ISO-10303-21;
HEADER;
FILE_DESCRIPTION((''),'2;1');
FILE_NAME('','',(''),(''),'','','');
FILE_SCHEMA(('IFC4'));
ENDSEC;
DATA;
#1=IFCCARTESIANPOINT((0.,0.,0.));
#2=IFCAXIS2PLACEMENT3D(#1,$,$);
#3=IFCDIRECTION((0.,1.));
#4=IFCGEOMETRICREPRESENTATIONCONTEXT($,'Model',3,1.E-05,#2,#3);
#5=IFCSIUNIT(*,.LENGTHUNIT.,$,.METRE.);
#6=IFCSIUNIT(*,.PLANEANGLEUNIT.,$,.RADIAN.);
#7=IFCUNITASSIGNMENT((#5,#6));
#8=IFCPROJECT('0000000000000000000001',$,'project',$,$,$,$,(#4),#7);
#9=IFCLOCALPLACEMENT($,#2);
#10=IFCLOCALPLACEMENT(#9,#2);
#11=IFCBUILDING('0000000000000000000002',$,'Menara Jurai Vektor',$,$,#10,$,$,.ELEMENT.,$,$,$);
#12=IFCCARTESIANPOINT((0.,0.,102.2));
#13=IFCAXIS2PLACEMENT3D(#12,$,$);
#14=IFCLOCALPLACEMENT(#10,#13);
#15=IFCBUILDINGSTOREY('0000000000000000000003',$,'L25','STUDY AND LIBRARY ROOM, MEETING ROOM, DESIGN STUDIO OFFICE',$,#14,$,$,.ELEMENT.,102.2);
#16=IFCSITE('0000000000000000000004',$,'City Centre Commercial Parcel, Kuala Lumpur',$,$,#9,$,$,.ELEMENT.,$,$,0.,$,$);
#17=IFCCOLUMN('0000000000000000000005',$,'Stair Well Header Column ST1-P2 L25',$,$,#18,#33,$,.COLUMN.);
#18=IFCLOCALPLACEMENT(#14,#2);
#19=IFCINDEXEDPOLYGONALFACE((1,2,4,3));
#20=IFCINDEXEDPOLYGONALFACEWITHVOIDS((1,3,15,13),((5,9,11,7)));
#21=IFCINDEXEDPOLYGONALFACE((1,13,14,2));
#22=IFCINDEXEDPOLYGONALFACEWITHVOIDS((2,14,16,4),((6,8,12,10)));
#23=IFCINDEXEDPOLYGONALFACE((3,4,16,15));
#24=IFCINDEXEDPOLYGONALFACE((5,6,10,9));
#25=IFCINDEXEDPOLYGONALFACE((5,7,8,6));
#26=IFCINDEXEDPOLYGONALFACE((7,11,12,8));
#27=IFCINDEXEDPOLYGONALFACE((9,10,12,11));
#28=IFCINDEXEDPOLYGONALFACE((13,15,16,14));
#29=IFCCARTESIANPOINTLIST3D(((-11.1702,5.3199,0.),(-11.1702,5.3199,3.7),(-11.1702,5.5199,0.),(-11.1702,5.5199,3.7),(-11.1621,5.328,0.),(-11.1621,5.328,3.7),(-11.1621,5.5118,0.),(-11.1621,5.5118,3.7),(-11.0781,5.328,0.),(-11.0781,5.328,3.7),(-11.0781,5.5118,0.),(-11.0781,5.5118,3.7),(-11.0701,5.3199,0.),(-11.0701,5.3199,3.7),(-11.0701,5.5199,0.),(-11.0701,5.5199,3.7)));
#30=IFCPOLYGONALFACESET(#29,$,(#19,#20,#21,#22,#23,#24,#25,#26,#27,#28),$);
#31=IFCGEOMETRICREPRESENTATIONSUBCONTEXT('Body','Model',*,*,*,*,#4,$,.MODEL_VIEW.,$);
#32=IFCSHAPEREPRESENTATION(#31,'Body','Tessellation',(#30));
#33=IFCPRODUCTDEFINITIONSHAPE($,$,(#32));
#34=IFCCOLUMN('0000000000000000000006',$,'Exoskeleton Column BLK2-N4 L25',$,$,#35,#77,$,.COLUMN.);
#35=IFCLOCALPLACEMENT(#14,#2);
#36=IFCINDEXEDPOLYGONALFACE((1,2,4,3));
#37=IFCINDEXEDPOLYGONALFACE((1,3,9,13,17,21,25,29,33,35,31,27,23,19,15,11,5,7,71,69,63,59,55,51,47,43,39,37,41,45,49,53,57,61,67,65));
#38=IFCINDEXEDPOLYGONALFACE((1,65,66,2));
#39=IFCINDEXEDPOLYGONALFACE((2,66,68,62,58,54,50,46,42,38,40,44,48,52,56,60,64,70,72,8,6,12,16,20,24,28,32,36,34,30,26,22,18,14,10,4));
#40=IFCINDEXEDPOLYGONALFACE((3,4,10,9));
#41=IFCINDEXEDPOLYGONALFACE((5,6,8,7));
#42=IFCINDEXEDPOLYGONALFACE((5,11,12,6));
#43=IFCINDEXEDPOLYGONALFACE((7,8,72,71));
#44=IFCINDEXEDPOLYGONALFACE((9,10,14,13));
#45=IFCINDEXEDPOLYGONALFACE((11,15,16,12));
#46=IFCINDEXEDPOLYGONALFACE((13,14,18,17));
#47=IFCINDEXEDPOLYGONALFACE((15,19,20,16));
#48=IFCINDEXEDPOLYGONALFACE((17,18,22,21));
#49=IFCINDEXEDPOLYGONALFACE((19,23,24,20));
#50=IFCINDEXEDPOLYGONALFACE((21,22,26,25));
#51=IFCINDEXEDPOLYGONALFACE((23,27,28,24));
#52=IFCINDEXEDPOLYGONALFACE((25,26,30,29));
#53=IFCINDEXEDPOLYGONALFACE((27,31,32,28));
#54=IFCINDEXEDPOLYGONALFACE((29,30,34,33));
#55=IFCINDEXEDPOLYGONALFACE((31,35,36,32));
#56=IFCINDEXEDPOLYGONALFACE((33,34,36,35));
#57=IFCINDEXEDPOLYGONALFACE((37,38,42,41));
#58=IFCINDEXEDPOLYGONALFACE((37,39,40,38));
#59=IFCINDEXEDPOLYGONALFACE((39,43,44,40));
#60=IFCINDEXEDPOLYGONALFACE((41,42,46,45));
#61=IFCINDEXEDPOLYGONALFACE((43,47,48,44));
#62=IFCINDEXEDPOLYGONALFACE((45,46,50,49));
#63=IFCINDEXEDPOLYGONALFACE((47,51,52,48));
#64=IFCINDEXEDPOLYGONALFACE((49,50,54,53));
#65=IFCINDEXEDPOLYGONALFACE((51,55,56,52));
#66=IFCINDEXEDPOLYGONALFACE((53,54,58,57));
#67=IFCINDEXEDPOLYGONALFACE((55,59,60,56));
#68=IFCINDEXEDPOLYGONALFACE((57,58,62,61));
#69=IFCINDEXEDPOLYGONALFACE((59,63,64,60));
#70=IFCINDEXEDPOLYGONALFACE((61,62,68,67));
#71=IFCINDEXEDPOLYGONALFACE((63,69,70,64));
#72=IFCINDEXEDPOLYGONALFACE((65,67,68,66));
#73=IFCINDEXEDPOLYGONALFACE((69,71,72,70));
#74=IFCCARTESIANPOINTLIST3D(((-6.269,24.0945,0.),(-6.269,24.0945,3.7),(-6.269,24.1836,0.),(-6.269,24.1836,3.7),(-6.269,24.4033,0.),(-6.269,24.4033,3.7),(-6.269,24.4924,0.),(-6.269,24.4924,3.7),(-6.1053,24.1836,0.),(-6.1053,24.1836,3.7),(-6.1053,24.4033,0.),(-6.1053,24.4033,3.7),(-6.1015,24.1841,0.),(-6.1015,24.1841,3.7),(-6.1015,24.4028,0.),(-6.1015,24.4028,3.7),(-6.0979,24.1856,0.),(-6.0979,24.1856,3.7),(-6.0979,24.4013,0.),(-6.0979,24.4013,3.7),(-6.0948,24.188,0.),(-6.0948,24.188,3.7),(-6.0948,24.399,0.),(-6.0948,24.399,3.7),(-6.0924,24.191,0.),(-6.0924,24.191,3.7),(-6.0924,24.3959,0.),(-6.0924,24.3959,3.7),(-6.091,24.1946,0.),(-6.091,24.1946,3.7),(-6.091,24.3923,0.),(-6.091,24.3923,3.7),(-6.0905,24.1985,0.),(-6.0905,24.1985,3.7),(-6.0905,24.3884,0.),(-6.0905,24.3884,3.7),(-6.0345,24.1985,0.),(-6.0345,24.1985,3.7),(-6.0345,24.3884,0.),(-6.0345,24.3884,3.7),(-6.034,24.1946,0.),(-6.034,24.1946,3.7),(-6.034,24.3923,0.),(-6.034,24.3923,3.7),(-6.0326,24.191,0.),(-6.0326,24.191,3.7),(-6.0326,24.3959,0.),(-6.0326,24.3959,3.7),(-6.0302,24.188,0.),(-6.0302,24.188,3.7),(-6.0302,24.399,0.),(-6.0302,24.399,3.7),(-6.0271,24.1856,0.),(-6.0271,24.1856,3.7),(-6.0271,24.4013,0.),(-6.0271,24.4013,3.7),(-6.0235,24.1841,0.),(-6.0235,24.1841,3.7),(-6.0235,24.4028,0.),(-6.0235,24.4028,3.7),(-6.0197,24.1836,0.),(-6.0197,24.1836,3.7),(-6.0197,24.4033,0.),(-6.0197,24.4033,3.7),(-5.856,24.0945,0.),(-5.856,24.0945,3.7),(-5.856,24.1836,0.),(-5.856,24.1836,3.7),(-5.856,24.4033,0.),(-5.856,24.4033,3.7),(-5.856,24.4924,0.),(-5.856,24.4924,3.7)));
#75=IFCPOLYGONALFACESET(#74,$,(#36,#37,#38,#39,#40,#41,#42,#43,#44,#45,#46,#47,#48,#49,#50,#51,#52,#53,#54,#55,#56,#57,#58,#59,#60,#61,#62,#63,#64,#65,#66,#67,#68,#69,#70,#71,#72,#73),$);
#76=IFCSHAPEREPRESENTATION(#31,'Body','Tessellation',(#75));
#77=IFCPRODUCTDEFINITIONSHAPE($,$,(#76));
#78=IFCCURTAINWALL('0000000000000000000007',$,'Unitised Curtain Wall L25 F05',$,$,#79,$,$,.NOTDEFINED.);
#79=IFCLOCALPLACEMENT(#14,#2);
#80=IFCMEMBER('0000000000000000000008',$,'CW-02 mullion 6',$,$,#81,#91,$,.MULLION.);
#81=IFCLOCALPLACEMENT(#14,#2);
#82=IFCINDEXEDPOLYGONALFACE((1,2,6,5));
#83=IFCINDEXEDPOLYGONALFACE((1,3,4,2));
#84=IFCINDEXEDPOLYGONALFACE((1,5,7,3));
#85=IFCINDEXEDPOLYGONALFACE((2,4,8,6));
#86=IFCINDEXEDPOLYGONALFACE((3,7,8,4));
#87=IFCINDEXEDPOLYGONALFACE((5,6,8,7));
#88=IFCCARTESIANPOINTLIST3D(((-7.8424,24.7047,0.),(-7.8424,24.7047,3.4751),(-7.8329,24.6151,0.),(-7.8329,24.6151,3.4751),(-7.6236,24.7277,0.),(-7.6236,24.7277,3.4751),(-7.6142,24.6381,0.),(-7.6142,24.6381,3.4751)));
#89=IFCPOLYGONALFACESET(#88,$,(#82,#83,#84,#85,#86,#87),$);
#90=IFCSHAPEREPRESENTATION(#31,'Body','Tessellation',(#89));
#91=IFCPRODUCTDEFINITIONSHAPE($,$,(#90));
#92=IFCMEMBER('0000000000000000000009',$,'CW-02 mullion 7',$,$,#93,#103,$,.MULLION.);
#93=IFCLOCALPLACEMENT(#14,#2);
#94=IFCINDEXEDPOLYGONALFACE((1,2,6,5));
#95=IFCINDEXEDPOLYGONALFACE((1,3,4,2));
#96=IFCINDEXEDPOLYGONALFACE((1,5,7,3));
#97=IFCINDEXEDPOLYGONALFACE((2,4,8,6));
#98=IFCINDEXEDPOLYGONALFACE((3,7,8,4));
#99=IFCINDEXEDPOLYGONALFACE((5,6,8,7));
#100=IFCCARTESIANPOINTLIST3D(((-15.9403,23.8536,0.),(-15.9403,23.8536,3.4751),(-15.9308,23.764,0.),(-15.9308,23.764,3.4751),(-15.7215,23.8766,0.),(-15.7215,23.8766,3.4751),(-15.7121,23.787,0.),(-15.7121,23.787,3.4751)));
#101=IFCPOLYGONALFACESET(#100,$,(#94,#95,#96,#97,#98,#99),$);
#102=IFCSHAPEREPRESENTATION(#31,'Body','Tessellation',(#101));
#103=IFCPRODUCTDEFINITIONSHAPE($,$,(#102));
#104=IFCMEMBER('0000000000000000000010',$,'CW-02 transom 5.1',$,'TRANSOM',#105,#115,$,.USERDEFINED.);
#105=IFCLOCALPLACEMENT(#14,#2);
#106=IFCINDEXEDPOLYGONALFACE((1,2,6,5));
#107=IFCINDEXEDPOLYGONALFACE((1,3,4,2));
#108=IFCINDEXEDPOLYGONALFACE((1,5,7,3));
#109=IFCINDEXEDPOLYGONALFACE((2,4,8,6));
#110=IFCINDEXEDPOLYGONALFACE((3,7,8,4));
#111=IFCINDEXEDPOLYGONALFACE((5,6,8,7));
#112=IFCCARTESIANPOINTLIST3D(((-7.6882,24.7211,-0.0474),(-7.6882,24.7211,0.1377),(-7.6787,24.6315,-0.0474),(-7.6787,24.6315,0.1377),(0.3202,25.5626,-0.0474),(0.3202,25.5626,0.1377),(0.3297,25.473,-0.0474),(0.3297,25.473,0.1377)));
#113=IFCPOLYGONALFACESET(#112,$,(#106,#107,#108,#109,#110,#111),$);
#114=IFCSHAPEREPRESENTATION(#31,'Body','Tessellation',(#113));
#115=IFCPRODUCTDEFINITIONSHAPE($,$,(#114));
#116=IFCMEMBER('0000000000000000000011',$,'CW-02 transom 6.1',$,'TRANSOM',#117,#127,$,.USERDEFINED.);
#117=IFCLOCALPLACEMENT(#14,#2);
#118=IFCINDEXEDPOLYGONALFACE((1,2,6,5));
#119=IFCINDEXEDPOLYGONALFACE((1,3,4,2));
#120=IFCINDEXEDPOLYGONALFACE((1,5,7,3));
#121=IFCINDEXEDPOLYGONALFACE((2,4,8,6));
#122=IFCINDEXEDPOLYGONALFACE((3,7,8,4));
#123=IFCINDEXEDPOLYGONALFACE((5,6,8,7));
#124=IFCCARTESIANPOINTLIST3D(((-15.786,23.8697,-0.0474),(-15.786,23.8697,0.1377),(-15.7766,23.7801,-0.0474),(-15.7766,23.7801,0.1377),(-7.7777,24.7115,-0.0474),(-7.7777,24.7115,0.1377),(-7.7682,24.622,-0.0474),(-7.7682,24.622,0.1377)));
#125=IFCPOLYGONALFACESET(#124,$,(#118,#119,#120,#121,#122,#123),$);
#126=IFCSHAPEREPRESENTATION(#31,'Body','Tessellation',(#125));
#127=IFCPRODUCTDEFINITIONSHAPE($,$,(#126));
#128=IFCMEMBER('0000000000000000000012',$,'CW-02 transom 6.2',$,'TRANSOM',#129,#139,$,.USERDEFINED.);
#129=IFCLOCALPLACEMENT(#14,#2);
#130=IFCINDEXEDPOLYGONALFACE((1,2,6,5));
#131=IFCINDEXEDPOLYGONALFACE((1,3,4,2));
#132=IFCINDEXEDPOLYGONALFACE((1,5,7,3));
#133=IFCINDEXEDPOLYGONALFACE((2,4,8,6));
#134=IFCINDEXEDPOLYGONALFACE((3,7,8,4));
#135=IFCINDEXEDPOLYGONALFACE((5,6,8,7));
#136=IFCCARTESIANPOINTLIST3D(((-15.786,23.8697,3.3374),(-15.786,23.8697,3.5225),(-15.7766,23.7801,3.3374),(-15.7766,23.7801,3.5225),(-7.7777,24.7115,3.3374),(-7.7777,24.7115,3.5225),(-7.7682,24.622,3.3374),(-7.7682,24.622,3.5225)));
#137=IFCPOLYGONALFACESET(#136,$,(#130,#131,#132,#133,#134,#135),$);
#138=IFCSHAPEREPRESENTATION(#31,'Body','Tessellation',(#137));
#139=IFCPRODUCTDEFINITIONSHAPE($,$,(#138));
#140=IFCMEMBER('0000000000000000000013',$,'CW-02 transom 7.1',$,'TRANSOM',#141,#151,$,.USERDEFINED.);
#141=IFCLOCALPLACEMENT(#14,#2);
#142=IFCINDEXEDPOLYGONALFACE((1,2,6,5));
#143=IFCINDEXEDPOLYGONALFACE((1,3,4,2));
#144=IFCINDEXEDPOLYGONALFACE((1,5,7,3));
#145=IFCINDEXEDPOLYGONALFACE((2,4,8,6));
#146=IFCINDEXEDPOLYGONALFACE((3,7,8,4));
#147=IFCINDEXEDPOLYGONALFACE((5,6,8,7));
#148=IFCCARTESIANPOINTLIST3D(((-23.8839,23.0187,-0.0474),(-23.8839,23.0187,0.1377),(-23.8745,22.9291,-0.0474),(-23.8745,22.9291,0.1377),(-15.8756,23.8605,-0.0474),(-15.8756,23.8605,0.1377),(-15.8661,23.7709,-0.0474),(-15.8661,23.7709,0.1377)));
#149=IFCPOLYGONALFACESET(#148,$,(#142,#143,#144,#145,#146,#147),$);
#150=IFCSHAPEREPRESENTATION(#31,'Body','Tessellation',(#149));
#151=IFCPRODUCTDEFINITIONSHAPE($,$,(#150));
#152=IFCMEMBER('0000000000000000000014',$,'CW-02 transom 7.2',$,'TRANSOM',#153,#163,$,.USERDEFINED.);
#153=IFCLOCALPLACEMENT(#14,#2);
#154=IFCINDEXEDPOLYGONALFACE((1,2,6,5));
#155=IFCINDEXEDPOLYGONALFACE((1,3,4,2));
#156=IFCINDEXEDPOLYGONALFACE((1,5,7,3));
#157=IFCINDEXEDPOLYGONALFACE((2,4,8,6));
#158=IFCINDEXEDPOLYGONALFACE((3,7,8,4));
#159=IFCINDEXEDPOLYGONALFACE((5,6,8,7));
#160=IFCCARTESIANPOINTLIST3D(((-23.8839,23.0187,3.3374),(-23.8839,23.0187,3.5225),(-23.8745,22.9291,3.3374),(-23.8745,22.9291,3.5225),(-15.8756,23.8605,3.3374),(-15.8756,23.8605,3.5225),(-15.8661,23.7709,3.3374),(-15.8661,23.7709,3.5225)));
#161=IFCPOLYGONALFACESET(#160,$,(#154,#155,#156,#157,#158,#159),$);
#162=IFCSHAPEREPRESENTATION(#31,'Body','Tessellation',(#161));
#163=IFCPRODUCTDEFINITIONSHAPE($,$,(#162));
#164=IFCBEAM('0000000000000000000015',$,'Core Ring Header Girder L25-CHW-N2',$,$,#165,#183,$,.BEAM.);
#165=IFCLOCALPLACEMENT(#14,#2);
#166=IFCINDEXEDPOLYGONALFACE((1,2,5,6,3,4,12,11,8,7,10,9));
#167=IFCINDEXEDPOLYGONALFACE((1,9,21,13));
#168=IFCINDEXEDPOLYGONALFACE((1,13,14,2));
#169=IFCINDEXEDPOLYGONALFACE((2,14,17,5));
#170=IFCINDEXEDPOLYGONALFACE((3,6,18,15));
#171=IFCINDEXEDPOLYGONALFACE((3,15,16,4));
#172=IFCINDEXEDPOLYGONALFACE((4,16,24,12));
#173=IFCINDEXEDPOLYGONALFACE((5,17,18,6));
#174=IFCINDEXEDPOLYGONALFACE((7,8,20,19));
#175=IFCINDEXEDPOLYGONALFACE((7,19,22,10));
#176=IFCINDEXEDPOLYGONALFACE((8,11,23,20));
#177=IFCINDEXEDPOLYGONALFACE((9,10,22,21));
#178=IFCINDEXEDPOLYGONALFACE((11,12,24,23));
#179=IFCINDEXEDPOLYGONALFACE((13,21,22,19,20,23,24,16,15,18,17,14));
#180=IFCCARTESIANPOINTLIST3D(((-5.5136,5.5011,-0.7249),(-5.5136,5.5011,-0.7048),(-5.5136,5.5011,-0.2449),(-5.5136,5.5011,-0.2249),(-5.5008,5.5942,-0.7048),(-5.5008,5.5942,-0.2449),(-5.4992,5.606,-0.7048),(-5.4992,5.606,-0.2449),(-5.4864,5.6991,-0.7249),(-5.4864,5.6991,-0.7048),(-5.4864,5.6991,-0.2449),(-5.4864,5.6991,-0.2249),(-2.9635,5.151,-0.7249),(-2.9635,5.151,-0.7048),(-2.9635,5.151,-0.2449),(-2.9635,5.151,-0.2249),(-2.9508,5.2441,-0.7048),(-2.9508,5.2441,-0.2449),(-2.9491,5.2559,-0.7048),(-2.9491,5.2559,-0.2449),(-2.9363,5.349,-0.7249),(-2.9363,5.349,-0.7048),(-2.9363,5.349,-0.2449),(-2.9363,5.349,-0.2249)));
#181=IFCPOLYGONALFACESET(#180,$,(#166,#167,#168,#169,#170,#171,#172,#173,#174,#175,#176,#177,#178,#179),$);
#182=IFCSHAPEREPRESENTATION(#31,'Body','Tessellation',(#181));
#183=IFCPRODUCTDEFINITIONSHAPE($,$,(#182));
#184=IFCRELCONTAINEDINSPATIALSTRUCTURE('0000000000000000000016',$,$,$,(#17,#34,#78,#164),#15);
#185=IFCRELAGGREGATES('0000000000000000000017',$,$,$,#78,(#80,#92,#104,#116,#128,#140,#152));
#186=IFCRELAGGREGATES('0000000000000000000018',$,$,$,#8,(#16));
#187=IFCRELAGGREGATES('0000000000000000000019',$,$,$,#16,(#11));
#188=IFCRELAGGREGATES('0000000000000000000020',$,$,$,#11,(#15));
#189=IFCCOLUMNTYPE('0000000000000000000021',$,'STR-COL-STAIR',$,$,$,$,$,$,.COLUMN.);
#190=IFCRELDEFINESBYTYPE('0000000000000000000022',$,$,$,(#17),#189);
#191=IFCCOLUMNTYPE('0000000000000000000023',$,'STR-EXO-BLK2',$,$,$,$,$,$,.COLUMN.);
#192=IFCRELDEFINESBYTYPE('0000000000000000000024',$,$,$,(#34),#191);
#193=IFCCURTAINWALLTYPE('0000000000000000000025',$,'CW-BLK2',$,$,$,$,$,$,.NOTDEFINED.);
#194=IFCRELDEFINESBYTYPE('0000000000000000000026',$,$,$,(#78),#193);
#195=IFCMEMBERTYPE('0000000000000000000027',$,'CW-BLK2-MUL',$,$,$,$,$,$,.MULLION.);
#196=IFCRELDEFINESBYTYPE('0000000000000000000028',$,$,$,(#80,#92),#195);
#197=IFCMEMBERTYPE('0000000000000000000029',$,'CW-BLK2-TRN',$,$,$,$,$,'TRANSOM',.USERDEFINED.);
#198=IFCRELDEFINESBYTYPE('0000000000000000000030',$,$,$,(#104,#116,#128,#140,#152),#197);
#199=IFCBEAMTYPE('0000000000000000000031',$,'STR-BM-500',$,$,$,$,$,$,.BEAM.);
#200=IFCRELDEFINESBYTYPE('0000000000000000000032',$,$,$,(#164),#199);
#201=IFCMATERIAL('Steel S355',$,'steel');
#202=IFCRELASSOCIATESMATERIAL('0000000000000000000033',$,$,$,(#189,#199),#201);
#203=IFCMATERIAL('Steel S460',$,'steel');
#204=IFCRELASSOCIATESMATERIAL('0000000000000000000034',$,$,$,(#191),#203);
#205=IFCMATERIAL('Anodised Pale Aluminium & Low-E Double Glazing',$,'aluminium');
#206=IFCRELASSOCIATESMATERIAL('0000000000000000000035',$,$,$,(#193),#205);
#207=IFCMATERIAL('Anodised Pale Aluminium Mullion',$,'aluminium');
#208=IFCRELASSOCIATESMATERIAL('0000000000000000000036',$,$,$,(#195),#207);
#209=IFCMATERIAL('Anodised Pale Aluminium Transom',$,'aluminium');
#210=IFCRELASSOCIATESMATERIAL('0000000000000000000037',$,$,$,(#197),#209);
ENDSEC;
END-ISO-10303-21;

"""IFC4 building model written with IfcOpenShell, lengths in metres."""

from ifc_helpers import new_model, si_unit, direction, frame, origin, origin_2d, place, context, subcontext, project, spatial, rectangle, hollow_rectangle, i_section, extrude, material, material_profile, profile_set, type_object, element, aggregate, save


model = new_model("IFC4")

# Units and contexts
model_context = context("Model", 3, precision=1e-05, world=origin(), true_north=direction((0.0, 1.0)))
body_context = subcontext(model_context, "Body", "Model", "MODEL_VIEW")
ifc_project = project(units=[si_unit("LENGTHUNIT", "METRE"), si_unit("PLANEANGLEUNIT", "RADIAN")], contexts=[model_context])

# Site, building, storey
site_placement = place(None, origin())
site = spatial("IfcSite", under=ifc_project, at=site_placement, Name="City Centre Commercial Parcel, Kuala Lumpur", CompositionType="ELEMENT", RefElevation=0.0)
building_placement = place(site_placement, origin())
building = spatial("IfcBuilding", under=site, at=building_placement, Name="Menara Jurai Vektor", CompositionType="ELEMENT")
storey_placement = place(building_placement, frame((0.0, 0.0, 102.2)))
storey = spatial("IfcBuildingStorey", under=building, at=storey_placement, Name="L25", Description="STUDY AND LIBRARY ROOM, MEETING ROOM, DESIGN STUDIO OFFICE", CompositionType="ELEMENT", Elevation=102.2)

# Columns
ifc_material_1 = material(Name="Steel S355", Category="steel")
ifc_material_profile_1 = material_profile(ifc_material_1, hollow_rectangle(XDim=0.1001, YDim=0.2, WallThickness=0.0081, at=origin_2d()), Name="RHS 200x100x8")
ifc_profile_set_1 = profile_set([ifc_material_profile_1], Name="Steel S355")
column_type_1 = type_object("IfcColumnType", Name="STR-COL-STAIR", PredefinedType="COLUMN", material=ifc_profile_set_1)
column_1_placement = place(storey_placement, frame((-11.1201, 5.4199, 0.0), z_axis=(0.0, 0.0, 1.0), x_axis=(1.0, 0.0, 0.0)))
element("IfcColumn", 1, at=column_1_placement, inside=storey, type_object=column_type_1, Name="Stair Well Header Column ST1-P2 L25", PredefinedType="COLUMN", context=body_context, shape_type="SweptSolid", body=[
    extrude(hollow_rectangle(XDim=0.1001, YDim=0.2, WallThickness=0.0081, at=origin_2d()), origin(), (0.0, 0.0, 1.0), 3.7),
])
ifc_material_2 = material(Name="Steel S460", Category="steel")
ifc_material_profile_2 = material_profile(ifc_material_2, i_section(OverallWidth=0.4131, OverallDepth=0.3979, WebThickness=0.0559, FlangeThickness=0.0891, FilletRadius=0.0149, at=origin_2d()), Name="HD 400x744")
ifc_profile_set_2 = profile_set([ifc_material_profile_2], Name="Steel S460")
column_type_2 = type_object("IfcColumnType", Name="STR-EXO-BLK2", PredefinedType="COLUMN", material=ifc_profile_set_2)
column_2_placement = place(storey_placement, frame((-6.0625, 24.2935, 0.0), z_axis=(0.0, 0.0, 1.0), x_axis=(1.0, 0.0, 0.0)))
element("IfcColumn", 2, at=column_2_placement, inside=storey, type_object=column_type_2, Name="Exoskeleton Column BLK2-N4 L25", PredefinedType="COLUMN", context=body_context, shape_type="SweptSolid", body=[
    extrude(i_section(OverallWidth=0.4131, OverallDepth=0.3979, WebThickness=0.0559, FlangeThickness=0.0891, FilletRadius=0.0149, at=origin_2d()), origin(), (0.0, 0.0, 1.0), 3.7),
])

# Curtain wall, members
ifc_material_3 = material(Name="Anodised Pale Aluminium & Low-E Double Glazing", Category="aluminium")
curtain_wall_type = type_object("IfcCurtainWallType", Name="CW-BLK2", PredefinedType="NOTDEFINED", material=ifc_material_3)
curtain_wall_placement = place(storey_placement, origin())
curtain_wall = element("IfcCurtainWall", 3, at=curtain_wall_placement, inside=storey, type_object=curtain_wall_type, Name="Unitised Curtain Wall L25 F05", PredefinedType="NOTDEFINED")
ifc_material_4 = material(Name="Anodised Pale Aluminium Mullion", Category="aluminium")
ifc_material_profile_3 = material_profile(ifc_material_4, rectangle(XDim=0.0901, YDim=0.22, at=origin_2d()), Name="ALU MUL 90x220")
ifc_profile_set_3 = profile_set([ifc_material_profile_3], Name="Anodised Pale Aluminium Mullion")
member_type_1 = type_object("IfcMemberType", Name="CW-BLK2-MUL", PredefinedType="MULLION", material=ifc_profile_set_3)
member_1_placement = place(storey_placement, frame((-7.7283, 24.6714, 0.0), z_axis=(0.0, 0.0, 1.0), x_axis=(0.104529, -0.994522, 0.0)))
member_1 = element("IfcMember", 4, at=member_1_placement, type_object=member_type_1, Name="CW-02 mullion 6", PredefinedType="MULLION", context=body_context, shape_type="SweptSolid", body=[
    extrude(rectangle(XDim=0.0901, YDim=0.22, at=origin_2d()), origin(), (0.0, 0.0, 1.0), 3.4751),
])
member_2_placement = place(storey_placement, frame((-15.8262, 23.8203, 0.0), z_axis=(0.0, 0.0, 1.0), x_axis=(0.104529, -0.994522, 0.0)))
member_2 = element("IfcMember", 5, at=member_2_placement, type_object=member_type_1, Name="CW-02 mullion 7", PredefinedType="MULLION", context=body_context, shape_type="SweptSolid", body=[
    extrude(rectangle(XDim=0.0901, YDim=0.22, at=origin_2d()), origin(), (0.0, 0.0, 1.0), 3.4751),
])
ifc_material_5 = material(Name="Anodised Pale Aluminium Transom", Category="aluminium")
ifc_material_profile_4 = material_profile(ifc_material_5, rectangle(XDim=0.0901, YDim=0.1851, at=origin_2d()), Name="ALU TRN 90x185")
ifc_profile_set_4 = profile_set([ifc_material_profile_4], Name="Anodised Pale Aluminium Transom")
member_type_2 = type_object("IfcMemberType", Name="CW-BLK2-TRN", ElementType="TRANSOM", PredefinedType="USERDEFINED", material=ifc_profile_set_4)
member_3_placement = place(storey_placement, frame((0.325, 25.5178, 0.0452), z_axis=(-0.994524, -0.10451, 0.0), x_axis=(0.10451, -0.994524, 0.0)))
member_3 = element("IfcMember", 6, at=member_3_placement, type_object=member_type_2, Name="CW-02 transom 5.1", ObjectType="TRANSOM", PredefinedType="USERDEFINED", context=body_context, shape_type="SweptSolid", body=[
    extrude(rectangle(XDim=0.0901, YDim=0.1851, at=origin_2d()), origin(), (0.0, 0.0, 1.0), 8.0525),
])
member_4_placement = place(storey_placement, frame((-7.7729, 24.6667, 0.0452), z_axis=(-0.994521, -0.10454, 0.0), x_axis=(0.10454, -0.994521, 0.0)))
member_4 = element("IfcMember", 7, at=member_4_placement, type_object=member_type_2, Name="CW-02 transom 6.1", ObjectType="TRANSOM", PredefinedType="USERDEFINED", context=body_context, shape_type="SweptSolid", body=[
    extrude(rectangle(XDim=0.0901, YDim=0.1851, at=origin_2d()), origin(), (0.0, 0.0, 1.0), 8.0525),
])
member_5_placement = place(storey_placement, frame((-7.7729, 24.6667, 3.4299), z_axis=(-0.994521, -0.10454, 0.0), x_axis=(0.10454, -0.994521, 0.0)))
member_5 = element("IfcMember", 8, at=member_5_placement, type_object=member_type_2, Name="CW-02 transom 6.2", ObjectType="TRANSOM", PredefinedType="USERDEFINED", context=body_context, shape_type="SweptSolid", body=[
    extrude(rectangle(XDim=0.0901, YDim=0.1851, at=origin_2d()), origin(), (0.0, 0.0, 1.0), 8.0525),
])
member_6_placement = place(storey_placement, frame((-15.8708, 23.8157, 0.0452), z_axis=(-0.994521, -0.10454, 0.0), x_axis=(0.10454, -0.994521, 0.0)))
member_6 = element("IfcMember", 9, at=member_6_placement, type_object=member_type_2, Name="CW-02 transom 7.1", ObjectType="TRANSOM", PredefinedType="USERDEFINED", context=body_context, shape_type="SweptSolid", body=[
    extrude(rectangle(XDim=0.0901, YDim=0.1851, at=origin_2d()), origin(), (0.0, 0.0, 1.0), 8.0525),
])
member_7_placement = place(storey_placement, frame((-15.8708, 23.8157, 3.4299), z_axis=(-0.994521, -0.10454, 0.0), x_axis=(0.10454, -0.994521, 0.0)))
member_7 = element("IfcMember", 10, at=member_7_placement, type_object=member_type_2, Name="CW-02 transom 7.2", ObjectType="TRANSOM", PredefinedType="USERDEFINED", context=body_context, shape_type="SweptSolid", body=[
    extrude(rectangle(XDim=0.0901, YDim=0.1851, at=origin_2d()), origin(), (0.0, 0.0, 1.0), 8.0525),
])

# Beam
ifc_material_profile_5 = material_profile(ifc_material_1, i_section(OverallWidth=0.2, OverallDepth=0.5, WebThickness=0.012, FlangeThickness=0.02, at=origin_2d()), Name="PG 500x200x96")
ifc_profile_set_5 = profile_set([ifc_material_profile_5], Name="Steel S355")
beam_type_1 = type_object("IfcBeamType", Name="STR-BM-500", PredefinedType="BEAM", material=ifc_profile_set_5)
beam_1_placement = place(storey_placement, frame((-5.5, 5.6001, -0.4749), z_axis=(0.990707, -0.136015, 0.0), x_axis=(0.136015, 0.990707, 0.0)))
element("IfcBeam", 11, at=beam_1_placement, inside=storey, type_object=beam_type_1, Name="Core Ring Header Girder L25-CHW-N2", PredefinedType="BEAM", context=body_context, shape_type="SweptSolid", body=[
    extrude(i_section(OverallWidth=0.2, OverallDepth=0.5, WebThickness=0.012, FlangeThickness=0.02, at=origin_2d()), origin(), (0.0, 0.0, 1.0), 2.574),
])

aggregate(curtain_wall, [member_1, member_2, member_3, member_4, member_5, member_6, member_7])

save(model, "model.ifc")
